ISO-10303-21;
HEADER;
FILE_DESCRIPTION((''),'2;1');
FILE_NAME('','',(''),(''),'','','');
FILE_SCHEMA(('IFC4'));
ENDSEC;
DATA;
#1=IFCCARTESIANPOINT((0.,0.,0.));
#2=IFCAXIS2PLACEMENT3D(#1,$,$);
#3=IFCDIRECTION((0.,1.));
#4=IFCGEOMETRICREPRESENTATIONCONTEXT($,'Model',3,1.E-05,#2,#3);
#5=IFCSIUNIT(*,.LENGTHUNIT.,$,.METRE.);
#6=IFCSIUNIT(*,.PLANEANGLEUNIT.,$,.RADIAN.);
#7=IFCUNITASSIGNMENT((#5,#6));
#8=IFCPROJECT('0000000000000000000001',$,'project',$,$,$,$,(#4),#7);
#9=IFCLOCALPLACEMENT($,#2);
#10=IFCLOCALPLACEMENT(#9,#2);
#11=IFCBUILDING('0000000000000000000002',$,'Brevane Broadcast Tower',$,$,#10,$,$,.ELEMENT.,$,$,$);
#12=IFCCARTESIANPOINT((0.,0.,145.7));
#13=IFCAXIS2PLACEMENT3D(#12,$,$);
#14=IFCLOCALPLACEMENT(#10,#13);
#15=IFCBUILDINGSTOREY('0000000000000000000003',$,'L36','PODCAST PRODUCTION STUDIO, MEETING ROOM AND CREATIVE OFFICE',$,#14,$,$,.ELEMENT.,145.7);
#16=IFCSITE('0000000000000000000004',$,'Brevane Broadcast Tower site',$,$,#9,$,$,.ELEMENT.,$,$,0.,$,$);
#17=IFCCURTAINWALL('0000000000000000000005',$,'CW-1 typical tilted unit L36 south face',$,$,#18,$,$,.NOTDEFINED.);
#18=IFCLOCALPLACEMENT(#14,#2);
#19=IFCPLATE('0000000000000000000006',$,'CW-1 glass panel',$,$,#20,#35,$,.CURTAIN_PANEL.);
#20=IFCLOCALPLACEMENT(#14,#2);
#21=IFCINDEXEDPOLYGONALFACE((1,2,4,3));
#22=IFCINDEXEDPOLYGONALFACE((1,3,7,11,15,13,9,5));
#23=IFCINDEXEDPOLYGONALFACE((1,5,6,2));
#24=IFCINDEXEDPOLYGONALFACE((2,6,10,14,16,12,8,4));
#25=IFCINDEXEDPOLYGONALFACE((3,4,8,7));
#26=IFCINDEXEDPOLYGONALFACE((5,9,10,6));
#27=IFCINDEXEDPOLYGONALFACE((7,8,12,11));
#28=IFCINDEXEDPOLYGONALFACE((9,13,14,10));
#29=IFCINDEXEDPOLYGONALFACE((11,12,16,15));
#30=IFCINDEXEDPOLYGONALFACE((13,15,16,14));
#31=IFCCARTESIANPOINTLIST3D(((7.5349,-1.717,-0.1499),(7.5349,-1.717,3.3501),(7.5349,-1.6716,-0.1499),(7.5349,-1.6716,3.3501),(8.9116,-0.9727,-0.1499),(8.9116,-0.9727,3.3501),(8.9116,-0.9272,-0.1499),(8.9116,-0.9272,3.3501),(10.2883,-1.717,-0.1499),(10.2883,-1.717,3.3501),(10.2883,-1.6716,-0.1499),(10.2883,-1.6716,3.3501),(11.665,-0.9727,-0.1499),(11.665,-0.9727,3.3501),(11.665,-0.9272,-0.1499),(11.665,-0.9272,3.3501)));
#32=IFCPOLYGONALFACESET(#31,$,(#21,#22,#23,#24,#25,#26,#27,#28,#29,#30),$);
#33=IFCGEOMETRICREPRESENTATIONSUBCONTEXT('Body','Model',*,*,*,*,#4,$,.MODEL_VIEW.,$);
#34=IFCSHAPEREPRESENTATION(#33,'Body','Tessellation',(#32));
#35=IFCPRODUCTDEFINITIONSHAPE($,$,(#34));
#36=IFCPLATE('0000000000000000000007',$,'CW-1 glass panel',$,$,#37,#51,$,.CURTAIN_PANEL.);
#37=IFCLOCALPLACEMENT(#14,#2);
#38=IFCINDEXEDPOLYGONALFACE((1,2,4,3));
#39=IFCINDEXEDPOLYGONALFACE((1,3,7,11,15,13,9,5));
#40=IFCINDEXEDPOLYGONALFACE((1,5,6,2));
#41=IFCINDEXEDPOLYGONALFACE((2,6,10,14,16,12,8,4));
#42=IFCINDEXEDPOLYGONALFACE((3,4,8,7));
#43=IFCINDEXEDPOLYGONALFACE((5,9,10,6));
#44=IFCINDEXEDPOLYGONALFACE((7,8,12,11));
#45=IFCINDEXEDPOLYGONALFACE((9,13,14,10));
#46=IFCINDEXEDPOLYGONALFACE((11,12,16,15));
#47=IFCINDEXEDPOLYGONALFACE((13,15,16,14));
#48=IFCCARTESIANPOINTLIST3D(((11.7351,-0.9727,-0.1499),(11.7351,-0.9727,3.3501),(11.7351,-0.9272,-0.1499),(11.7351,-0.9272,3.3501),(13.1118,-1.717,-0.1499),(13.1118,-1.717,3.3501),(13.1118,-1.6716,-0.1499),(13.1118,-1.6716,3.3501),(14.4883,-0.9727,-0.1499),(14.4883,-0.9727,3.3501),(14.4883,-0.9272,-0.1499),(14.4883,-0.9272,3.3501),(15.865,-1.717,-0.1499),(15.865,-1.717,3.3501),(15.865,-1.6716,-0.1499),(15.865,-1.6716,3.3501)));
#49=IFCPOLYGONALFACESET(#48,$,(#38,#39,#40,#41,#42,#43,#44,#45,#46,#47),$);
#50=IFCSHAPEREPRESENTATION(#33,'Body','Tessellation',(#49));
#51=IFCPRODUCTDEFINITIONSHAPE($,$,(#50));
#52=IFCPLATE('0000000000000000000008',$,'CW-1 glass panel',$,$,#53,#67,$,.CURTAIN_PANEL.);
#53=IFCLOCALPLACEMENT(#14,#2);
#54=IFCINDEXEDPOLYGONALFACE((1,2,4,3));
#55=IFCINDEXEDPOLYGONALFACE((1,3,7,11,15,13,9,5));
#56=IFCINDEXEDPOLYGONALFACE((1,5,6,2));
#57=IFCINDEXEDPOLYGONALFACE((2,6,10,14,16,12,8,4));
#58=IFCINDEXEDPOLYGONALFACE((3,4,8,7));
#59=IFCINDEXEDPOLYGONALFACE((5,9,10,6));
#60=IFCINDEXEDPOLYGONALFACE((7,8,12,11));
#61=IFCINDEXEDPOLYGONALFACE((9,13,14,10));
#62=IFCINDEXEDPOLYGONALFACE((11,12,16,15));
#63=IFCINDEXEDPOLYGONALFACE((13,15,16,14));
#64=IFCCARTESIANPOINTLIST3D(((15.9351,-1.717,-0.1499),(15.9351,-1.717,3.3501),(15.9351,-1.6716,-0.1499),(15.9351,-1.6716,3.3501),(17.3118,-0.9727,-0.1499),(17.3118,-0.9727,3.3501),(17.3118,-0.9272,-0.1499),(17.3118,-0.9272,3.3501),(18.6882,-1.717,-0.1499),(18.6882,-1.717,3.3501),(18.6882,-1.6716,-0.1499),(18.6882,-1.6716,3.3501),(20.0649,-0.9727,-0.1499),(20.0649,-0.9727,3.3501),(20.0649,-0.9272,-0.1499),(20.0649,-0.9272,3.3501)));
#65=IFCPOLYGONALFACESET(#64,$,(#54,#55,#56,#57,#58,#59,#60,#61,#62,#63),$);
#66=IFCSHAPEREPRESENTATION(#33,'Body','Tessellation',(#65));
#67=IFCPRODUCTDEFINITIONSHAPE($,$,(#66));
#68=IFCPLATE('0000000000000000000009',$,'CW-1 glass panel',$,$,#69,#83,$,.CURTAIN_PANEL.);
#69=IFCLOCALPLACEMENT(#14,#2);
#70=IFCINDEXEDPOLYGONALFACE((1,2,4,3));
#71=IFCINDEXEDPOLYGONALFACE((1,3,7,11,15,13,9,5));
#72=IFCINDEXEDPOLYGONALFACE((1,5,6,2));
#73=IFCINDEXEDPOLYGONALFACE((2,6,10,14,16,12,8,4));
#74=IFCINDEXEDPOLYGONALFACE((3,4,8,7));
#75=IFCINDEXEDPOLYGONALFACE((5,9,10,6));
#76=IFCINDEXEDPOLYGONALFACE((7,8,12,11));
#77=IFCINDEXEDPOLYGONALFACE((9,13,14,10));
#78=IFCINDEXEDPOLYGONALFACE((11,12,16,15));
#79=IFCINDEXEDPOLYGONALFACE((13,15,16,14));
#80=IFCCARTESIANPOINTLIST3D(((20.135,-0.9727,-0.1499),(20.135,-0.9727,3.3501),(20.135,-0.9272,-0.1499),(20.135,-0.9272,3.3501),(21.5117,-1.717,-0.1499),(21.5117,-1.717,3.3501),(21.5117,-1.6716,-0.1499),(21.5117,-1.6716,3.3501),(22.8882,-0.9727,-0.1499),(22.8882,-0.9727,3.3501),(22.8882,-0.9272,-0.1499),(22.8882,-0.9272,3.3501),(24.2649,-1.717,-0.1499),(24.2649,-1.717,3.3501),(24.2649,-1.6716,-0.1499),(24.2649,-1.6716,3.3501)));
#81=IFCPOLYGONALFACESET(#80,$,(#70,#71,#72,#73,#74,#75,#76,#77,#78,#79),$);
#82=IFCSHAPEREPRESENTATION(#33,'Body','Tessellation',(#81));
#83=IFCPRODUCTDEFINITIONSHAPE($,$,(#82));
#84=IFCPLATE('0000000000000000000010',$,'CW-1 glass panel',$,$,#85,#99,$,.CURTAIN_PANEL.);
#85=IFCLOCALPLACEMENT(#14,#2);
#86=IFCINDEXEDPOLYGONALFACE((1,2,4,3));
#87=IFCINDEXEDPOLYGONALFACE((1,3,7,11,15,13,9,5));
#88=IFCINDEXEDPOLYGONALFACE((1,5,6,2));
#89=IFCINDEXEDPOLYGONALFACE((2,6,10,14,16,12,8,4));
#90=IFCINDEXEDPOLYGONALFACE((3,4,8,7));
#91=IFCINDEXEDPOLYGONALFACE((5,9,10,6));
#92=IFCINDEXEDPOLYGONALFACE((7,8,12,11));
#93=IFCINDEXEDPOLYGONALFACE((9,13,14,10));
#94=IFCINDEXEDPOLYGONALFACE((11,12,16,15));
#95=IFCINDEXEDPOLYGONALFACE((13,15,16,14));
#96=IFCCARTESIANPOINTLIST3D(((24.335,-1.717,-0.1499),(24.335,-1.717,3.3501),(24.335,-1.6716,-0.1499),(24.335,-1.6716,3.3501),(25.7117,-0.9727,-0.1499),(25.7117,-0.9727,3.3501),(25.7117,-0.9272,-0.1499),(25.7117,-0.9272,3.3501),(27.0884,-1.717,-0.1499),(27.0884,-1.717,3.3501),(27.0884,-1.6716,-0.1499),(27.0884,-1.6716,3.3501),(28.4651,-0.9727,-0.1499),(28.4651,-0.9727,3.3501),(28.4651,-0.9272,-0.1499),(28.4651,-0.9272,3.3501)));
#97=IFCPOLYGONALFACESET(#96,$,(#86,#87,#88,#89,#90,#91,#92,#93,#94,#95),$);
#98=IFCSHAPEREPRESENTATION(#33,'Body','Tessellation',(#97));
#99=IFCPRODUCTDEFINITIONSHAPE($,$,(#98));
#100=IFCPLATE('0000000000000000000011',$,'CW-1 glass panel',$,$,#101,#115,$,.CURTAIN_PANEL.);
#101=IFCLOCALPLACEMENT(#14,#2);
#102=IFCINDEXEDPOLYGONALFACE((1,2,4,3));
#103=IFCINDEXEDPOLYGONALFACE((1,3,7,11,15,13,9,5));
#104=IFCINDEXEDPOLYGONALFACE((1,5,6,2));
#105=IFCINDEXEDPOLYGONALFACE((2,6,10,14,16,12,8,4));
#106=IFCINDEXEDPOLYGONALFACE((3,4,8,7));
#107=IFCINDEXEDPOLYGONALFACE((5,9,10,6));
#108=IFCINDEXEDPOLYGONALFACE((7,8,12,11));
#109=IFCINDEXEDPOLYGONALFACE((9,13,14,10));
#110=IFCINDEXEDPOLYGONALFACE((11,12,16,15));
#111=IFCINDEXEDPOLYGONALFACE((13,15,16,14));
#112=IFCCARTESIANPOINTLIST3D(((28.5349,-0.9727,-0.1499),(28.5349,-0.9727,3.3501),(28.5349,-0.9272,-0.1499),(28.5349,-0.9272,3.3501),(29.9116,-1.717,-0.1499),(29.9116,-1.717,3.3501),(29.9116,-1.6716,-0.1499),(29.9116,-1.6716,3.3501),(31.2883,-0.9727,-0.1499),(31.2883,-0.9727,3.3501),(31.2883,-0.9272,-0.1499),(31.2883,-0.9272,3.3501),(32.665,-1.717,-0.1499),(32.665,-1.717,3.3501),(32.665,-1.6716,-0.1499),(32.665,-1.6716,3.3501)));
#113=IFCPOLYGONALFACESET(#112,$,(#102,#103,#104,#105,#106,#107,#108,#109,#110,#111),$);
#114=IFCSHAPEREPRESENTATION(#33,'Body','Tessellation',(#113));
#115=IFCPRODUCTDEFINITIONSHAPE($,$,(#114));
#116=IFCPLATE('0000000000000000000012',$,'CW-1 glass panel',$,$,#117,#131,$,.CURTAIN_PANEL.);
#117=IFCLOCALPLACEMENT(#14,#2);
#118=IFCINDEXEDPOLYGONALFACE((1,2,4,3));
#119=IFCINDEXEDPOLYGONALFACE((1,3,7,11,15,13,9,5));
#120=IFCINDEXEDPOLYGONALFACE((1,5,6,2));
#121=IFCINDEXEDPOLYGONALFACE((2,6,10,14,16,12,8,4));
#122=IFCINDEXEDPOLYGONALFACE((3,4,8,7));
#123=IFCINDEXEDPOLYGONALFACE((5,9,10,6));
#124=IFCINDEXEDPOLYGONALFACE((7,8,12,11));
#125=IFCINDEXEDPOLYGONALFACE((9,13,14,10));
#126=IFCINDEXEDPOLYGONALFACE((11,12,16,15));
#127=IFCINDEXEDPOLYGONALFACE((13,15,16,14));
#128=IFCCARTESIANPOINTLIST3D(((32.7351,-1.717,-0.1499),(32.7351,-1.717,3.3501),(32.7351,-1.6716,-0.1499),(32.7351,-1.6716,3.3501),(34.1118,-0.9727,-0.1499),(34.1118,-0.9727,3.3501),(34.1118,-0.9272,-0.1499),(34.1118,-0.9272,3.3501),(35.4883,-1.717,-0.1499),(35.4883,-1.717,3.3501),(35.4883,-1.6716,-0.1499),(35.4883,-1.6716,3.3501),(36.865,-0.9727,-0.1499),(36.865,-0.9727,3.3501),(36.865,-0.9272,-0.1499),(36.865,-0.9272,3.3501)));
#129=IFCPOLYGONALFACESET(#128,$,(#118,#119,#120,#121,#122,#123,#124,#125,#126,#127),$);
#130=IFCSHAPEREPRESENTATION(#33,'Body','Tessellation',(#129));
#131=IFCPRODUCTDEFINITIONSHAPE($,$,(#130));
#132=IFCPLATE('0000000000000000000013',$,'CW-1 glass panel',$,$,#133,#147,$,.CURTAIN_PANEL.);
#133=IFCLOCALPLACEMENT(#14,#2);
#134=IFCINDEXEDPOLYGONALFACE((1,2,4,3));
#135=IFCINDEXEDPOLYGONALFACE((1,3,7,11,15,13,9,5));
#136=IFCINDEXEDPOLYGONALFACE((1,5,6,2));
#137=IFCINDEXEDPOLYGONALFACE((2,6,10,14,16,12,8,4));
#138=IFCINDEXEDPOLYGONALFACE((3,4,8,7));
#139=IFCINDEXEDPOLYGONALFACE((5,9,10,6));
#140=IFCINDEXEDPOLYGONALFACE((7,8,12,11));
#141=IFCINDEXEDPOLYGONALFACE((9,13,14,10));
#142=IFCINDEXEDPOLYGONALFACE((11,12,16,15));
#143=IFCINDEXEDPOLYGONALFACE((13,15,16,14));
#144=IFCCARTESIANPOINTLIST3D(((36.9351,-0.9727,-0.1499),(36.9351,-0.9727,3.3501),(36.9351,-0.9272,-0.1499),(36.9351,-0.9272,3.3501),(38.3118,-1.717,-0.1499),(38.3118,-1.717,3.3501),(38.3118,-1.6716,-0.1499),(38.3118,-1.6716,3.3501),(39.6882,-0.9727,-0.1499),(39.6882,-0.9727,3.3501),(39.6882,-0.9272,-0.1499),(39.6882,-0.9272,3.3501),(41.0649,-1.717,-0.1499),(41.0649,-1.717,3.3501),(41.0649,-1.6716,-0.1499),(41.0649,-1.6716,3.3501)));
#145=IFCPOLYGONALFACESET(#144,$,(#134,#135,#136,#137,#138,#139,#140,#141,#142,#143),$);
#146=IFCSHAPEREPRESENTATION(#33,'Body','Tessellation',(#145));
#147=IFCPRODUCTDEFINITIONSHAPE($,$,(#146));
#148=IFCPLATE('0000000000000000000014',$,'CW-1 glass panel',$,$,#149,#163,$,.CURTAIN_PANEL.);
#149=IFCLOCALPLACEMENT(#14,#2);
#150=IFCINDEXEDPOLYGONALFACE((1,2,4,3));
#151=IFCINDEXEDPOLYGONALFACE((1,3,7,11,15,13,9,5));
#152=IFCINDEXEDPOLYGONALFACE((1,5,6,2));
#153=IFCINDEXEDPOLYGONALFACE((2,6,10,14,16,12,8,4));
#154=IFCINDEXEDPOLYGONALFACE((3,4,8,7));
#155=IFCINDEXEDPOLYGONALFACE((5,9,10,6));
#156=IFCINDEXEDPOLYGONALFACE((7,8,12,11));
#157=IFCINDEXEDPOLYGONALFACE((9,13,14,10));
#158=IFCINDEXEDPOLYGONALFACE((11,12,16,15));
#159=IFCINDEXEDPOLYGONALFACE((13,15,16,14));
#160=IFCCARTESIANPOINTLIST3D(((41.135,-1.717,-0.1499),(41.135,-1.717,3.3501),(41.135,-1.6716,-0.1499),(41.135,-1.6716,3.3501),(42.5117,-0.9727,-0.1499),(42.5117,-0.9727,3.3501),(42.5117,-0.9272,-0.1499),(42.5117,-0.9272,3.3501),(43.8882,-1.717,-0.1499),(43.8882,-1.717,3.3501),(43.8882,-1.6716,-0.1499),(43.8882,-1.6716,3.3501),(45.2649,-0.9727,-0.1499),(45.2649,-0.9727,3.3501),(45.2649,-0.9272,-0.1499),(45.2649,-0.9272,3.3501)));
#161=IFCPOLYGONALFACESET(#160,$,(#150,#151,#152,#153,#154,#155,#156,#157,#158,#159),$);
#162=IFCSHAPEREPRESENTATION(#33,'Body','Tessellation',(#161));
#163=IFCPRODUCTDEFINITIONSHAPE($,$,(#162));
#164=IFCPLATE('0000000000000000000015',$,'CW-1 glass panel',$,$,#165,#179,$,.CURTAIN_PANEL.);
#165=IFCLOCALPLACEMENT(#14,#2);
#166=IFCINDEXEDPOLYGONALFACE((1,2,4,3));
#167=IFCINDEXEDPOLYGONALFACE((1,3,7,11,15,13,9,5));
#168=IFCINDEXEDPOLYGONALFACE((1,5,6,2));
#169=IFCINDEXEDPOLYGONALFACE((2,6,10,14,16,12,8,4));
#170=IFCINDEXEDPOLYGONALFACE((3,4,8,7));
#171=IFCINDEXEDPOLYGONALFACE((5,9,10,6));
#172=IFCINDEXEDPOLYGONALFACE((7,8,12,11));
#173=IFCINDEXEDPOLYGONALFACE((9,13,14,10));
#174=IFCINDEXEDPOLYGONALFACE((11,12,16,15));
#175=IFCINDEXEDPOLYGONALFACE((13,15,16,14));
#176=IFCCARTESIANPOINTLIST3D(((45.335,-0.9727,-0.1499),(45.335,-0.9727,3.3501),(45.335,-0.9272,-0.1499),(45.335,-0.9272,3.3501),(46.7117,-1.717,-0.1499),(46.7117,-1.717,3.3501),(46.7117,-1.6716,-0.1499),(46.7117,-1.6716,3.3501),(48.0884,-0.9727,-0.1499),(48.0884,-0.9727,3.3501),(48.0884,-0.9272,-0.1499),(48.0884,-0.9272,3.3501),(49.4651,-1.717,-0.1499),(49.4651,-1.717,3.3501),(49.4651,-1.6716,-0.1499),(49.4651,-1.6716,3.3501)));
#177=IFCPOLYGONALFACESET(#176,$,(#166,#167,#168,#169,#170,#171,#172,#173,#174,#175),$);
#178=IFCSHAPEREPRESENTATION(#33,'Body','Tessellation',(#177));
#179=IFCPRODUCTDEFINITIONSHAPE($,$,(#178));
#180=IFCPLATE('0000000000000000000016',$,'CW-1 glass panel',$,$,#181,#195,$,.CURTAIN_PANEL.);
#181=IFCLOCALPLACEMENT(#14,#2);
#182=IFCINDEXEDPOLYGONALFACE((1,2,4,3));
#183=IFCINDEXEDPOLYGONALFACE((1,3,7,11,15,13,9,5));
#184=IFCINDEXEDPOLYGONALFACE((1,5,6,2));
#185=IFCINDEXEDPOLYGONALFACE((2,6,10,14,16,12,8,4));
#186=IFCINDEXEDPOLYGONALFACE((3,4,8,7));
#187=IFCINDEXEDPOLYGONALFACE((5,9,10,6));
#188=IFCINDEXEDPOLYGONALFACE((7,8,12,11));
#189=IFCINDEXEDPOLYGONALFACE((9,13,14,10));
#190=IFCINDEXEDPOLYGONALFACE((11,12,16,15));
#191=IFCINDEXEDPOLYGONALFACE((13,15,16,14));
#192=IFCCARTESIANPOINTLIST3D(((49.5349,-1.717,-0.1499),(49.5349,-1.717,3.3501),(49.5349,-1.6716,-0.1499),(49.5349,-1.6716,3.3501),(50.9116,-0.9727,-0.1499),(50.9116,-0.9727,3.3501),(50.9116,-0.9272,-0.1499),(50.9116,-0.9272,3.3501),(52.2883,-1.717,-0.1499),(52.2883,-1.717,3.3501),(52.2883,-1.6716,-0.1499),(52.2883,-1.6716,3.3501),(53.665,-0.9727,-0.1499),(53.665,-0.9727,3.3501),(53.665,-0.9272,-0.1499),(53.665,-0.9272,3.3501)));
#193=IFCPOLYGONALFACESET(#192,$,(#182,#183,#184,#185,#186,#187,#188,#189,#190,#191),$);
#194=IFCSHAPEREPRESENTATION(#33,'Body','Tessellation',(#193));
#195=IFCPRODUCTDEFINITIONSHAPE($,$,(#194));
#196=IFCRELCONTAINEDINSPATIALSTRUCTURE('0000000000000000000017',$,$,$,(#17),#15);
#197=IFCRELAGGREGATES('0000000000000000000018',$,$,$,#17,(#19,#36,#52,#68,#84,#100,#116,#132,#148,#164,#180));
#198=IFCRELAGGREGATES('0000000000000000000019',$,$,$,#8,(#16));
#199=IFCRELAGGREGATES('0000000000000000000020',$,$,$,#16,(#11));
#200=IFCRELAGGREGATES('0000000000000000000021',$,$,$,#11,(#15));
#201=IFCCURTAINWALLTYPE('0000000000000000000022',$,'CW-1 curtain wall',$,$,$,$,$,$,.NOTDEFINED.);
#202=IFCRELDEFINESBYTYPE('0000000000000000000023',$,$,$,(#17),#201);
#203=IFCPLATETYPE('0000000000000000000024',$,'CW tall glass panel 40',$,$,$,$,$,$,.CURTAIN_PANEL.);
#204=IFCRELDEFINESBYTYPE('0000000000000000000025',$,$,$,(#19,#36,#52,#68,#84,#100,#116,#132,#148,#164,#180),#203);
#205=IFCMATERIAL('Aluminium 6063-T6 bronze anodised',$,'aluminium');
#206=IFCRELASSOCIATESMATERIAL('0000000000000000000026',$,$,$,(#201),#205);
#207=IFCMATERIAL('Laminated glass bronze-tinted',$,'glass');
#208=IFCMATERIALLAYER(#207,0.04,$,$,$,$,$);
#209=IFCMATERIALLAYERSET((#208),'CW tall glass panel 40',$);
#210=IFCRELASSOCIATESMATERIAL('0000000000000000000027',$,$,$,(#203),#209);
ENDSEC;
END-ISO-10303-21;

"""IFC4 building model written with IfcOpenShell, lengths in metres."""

from ifc_helpers import new_model, si_unit, direction, frame, origin, place, context, subcontext, project, spatial, polyline, outline, extrude, material, layer, layer_set, type_object, element, aggregate, save


model = new_model("IFC4")

# Units and contexts
model_context = context("Model", 3, precision=1e-05, world=origin(), true_north=direction((0.0, 1.0)))
body_context = subcontext(model_context, "Body", "Model", "MODEL_VIEW")
ifc_project = project(units=[si_unit("LENGTHUNIT", "METRE"), si_unit("PLANEANGLEUNIT", "RADIAN")], contexts=[model_context])

# Site, building, storey
site_placement = place(None, origin())
site = spatial("IfcSite", under=ifc_project, at=site_placement, Name="Brevane Broadcast Tower site", CompositionType="ELEMENT", RefElevation=0.0)
building_placement = place(site_placement, origin())
building = spatial("IfcBuilding", under=site, at=building_placement, Name="Brevane Broadcast Tower", CompositionType="ELEMENT")
storey_placement = place(building_placement, frame((0.0, 0.0, 145.7)))
storey = spatial("IfcBuildingStorey", under=building, at=storey_placement, Name="L36", Description="PODCAST PRODUCTION STUDIO, MEETING ROOM AND CREATIVE OFFICE", CompositionType="ELEMENT", Elevation=145.7)

# Curtain wall, plates
ifc_material_1 = material(Name="Aluminium 6063-T6 bronze anodised", Category="aluminium")
curtain_wall_type = type_object("IfcCurtainWallType", Name="CW-1 curtain wall", PredefinedType="NOTDEFINED", material=ifc_material_1)
curtain_wall_1_placement = place(storey_placement, origin())
curtain_wall_1 = element("IfcCurtainWall", 1, at=curtain_wall_1_placement, inside=storey, type_object=curtain_wall_type, Name="CW-1 typical tilted unit L36 south face", PredefinedType="NOTDEFINED")
ifc_material_2 = material(Name="Laminated glass bronze-tinted", Category="glass")
ifc_layer = layer(ifc_material_2, 0.04)
ifc_layer_set = layer_set([ifc_layer], Name="CW tall glass panel 40")
plate_type = type_object("IfcPlateType", Name="CW tall glass panel 40", PredefinedType="CURTAIN_PANEL", material=ifc_layer_set)
plate_1_placement = place(storey_placement, frame((0.0, 0.0, -0.1499)))
plate_1 = element("IfcPlate", 2, at=plate_1_placement, type_object=plate_type, Name="CW-1 glass panel", PredefinedType="CURTAIN_PANEL", context=body_context, shape_type="SweptSolid", body=[
    extrude(outline(polyline([(7.5349, -1.6716), (7.5349, -1.717), (8.9116, -0.9727), (10.2883, -1.717), (11.665, -0.9727), (11.665, -0.9272), (10.2883, -1.6716), (8.9116, -0.9272), (7.5349, -1.6716)])), origin(), (0.0, 0.0, 1.0), 3.5),
])
plate_2_placement = place(storey_placement, frame((0.0, 0.0, -0.1499)))
plate_2 = element("IfcPlate", 3, at=plate_2_placement, type_object=plate_type, Name="CW-1 glass panel", PredefinedType="CURTAIN_PANEL", context=body_context, shape_type="SweptSolid", body=[
    extrude(outline(polyline([(11.7351, -0.9272), (11.7351, -0.9727), (13.1118, -1.717), (14.4883, -0.9727), (15.865, -1.717), (15.865, -1.6716), (14.4883, -0.9272), (13.1118, -1.6716), (11.7351, -0.9272)])), origin(), (0.0, 0.0, 1.0), 3.5),
])
plate_3_placement = place(storey_placement, frame((0.0, 0.0, -0.1499)))
plate_3 = element("IfcPlate", 4, at=plate_3_placement, type_object=plate_type, Name="CW-1 glass panel", PredefinedType="CURTAIN_PANEL", context=body_context, shape_type="SweptSolid", body=[
    extrude(outline(polyline([(15.9351, -1.6716), (15.9351, -1.717), (17.3118, -0.9727), (18.6882, -1.717), (20.0649, -0.9727), (20.0649, -0.9272), (18.6882, -1.6716), (17.3118, -0.9272), (15.9351, -1.6716)])), origin(), (0.0, 0.0, 1.0), 3.5),
])
plate_4_placement = place(storey_placement, frame((0.0, 0.0, -0.1499)))
plate_4 = element("IfcPlate", 5, at=plate_4_placement, type_object=plate_type, Name="CW-1 glass panel", PredefinedType="CURTAIN_PANEL", context=body_context, shape_type="SweptSolid", body=[
    extrude(outline(polyline([(20.135, -0.9272), (20.135, -0.9727), (21.5117, -1.717), (22.8882, -0.9727), (24.2649, -1.717), (24.2649, -1.6716), (22.8882, -0.9272), (21.5117, -1.6716), (20.135, -0.9272)])), origin(), (0.0, 0.0, 1.0), 3.5),
])
plate_5_placement = place(storey_placement, frame((0.0, 0.0, -0.1499)))
plate_5 = element("IfcPlate", 6, at=plate_5_placement, type_object=plate_type, Name="CW-1 glass panel", PredefinedType="CURTAIN_PANEL", context=body_context, shape_type="SweptSolid", body=[
    extrude(outline(polyline([(24.335, -1.6716), (24.335, -1.717), (25.7117, -0.9727), (27.0884, -1.717), (28.4651, -0.9727), (28.4651, -0.9272), (27.0884, -1.6716), (25.7117, -0.9272), (24.335, -1.6716)])), origin(), (0.0, 0.0, 1.0), 3.5),
])
plate_6_placement = place(storey_placement, frame((0.0, 0.0, -0.1499)))
plate_6 = element("IfcPlate", 7, at=plate_6_placement, type_object=plate_type, Name="CW-1 glass panel", PredefinedType="CURTAIN_PANEL", context=body_context, shape_type="SweptSolid", body=[
    extrude(outline(polyline([(28.5349, -0.9272), (28.5349, -0.9727), (29.9116, -1.717), (31.2883, -0.9727), (32.665, -1.717), (32.665, -1.6716), (31.2883, -0.9272), (29.9116, -1.6716), (28.5349, -0.9272)])), origin(), (0.0, 0.0, 1.0), 3.5),
])
plate_7_placement = place(storey_placement, frame((0.0, 0.0, -0.1499)))
plate_7 = element("IfcPlate", 8, at=plate_7_placement, type_object=plate_type, Name="CW-1 glass panel", PredefinedType="CURTAIN_PANEL", context=body_context, shape_type="SweptSolid", body=[
    extrude(outline(polyline([(32.7351, -1.6716), (32.7351, -1.717), (34.1118, -0.9727), (35.4883, -1.717), (36.865, -0.9727), (36.865, -0.9272), (35.4883, -1.6716), (34.1118, -0.9272), (32.7351, -1.6716)])), origin(), (0.0, 0.0, 1.0), 3.5),
])
plate_8_placement = place(storey_placement, frame((0.0, 0.0, -0.1499)))
plate_8 = element("IfcPlate", 9, at=plate_8_placement, type_object=plate_type, Name="CW-1 glass panel", PredefinedType="CURTAIN_PANEL", context=body_context, shape_type="SweptSolid", body=[
    extrude(outline(polyline([(36.9351, -0.9272), (36.9351, -0.9727), (38.3118, -1.717), (39.6882, -0.9727), (41.0649, -1.717), (41.0649, -1.6716), (39.6882, -0.9272), (38.3118, -1.6716), (36.9351, -0.9272)])), origin(), (0.0, 0.0, 1.0), 3.5),
])
plate_9_placement = place(storey_placement, frame((0.0, 0.0, -0.1499)))
plate_9 = element("IfcPlate", 10, at=plate_9_placement, type_object=plate_type, Name="CW-1 glass panel", PredefinedType="CURTAIN_PANEL", context=body_context, shape_type="SweptSolid", body=[
    extrude(outline(polyline([(41.135, -1.6716), (41.135, -1.717), (42.5117, -0.9727), (43.8882, -1.717), (45.2649, -0.9727), (45.2649, -0.9272), (43.8882, -1.6716), (42.5117, -0.9272), (41.135, -1.6716)])), origin(), (0.0, 0.0, 1.0), 3.5),
])
plate_10_placement = place(storey_placement, frame((0.0, 0.0, -0.1499)))
plate_10 = element("IfcPlate", 11, at=plate_10_placement, type_object=plate_type, Name="CW-1 glass panel", PredefinedType="CURTAIN_PANEL", context=body_context, shape_type="SweptSolid", body=[
    extrude(outline(polyline([(45.335, -0.9272), (45.335, -0.9727), (46.7117, -1.717), (48.0884, -0.9727), (49.4651, -1.717), (49.4651, -1.6716), (48.0884, -0.9272), (46.7117, -1.6716), (45.335, -0.9272)])), origin(), (0.0, 0.0, 1.0), 3.5),
])
plate_11_placement = place(storey_placement, frame((0.0, 0.0, -0.1499)))
plate_11 = element("IfcPlate", 12, at=plate_11_placement, type_object=plate_type, Name="CW-1 glass panel", PredefinedType="CURTAIN_PANEL", context=body_context, shape_type="SweptSolid", body=[
    extrude(outline(polyline([(49.5349, -1.6716), (49.5349, -1.717), (50.9116, -0.9727), (52.2883, -1.717), (53.665, -0.9727), (53.665, -0.9272), (52.2883, -1.6716), (50.9116, -0.9272), (49.5349, -1.6716)])), origin(), (0.0, 0.0, 1.0), 3.5),
])
aggregate(curtain_wall_1, [plate_1, plate_2, plate_3, plate_4, plate_5, plate_6, plate_7, plate_8, plate_9, plate_10, plate_11])

save(model, "model.ifc")
